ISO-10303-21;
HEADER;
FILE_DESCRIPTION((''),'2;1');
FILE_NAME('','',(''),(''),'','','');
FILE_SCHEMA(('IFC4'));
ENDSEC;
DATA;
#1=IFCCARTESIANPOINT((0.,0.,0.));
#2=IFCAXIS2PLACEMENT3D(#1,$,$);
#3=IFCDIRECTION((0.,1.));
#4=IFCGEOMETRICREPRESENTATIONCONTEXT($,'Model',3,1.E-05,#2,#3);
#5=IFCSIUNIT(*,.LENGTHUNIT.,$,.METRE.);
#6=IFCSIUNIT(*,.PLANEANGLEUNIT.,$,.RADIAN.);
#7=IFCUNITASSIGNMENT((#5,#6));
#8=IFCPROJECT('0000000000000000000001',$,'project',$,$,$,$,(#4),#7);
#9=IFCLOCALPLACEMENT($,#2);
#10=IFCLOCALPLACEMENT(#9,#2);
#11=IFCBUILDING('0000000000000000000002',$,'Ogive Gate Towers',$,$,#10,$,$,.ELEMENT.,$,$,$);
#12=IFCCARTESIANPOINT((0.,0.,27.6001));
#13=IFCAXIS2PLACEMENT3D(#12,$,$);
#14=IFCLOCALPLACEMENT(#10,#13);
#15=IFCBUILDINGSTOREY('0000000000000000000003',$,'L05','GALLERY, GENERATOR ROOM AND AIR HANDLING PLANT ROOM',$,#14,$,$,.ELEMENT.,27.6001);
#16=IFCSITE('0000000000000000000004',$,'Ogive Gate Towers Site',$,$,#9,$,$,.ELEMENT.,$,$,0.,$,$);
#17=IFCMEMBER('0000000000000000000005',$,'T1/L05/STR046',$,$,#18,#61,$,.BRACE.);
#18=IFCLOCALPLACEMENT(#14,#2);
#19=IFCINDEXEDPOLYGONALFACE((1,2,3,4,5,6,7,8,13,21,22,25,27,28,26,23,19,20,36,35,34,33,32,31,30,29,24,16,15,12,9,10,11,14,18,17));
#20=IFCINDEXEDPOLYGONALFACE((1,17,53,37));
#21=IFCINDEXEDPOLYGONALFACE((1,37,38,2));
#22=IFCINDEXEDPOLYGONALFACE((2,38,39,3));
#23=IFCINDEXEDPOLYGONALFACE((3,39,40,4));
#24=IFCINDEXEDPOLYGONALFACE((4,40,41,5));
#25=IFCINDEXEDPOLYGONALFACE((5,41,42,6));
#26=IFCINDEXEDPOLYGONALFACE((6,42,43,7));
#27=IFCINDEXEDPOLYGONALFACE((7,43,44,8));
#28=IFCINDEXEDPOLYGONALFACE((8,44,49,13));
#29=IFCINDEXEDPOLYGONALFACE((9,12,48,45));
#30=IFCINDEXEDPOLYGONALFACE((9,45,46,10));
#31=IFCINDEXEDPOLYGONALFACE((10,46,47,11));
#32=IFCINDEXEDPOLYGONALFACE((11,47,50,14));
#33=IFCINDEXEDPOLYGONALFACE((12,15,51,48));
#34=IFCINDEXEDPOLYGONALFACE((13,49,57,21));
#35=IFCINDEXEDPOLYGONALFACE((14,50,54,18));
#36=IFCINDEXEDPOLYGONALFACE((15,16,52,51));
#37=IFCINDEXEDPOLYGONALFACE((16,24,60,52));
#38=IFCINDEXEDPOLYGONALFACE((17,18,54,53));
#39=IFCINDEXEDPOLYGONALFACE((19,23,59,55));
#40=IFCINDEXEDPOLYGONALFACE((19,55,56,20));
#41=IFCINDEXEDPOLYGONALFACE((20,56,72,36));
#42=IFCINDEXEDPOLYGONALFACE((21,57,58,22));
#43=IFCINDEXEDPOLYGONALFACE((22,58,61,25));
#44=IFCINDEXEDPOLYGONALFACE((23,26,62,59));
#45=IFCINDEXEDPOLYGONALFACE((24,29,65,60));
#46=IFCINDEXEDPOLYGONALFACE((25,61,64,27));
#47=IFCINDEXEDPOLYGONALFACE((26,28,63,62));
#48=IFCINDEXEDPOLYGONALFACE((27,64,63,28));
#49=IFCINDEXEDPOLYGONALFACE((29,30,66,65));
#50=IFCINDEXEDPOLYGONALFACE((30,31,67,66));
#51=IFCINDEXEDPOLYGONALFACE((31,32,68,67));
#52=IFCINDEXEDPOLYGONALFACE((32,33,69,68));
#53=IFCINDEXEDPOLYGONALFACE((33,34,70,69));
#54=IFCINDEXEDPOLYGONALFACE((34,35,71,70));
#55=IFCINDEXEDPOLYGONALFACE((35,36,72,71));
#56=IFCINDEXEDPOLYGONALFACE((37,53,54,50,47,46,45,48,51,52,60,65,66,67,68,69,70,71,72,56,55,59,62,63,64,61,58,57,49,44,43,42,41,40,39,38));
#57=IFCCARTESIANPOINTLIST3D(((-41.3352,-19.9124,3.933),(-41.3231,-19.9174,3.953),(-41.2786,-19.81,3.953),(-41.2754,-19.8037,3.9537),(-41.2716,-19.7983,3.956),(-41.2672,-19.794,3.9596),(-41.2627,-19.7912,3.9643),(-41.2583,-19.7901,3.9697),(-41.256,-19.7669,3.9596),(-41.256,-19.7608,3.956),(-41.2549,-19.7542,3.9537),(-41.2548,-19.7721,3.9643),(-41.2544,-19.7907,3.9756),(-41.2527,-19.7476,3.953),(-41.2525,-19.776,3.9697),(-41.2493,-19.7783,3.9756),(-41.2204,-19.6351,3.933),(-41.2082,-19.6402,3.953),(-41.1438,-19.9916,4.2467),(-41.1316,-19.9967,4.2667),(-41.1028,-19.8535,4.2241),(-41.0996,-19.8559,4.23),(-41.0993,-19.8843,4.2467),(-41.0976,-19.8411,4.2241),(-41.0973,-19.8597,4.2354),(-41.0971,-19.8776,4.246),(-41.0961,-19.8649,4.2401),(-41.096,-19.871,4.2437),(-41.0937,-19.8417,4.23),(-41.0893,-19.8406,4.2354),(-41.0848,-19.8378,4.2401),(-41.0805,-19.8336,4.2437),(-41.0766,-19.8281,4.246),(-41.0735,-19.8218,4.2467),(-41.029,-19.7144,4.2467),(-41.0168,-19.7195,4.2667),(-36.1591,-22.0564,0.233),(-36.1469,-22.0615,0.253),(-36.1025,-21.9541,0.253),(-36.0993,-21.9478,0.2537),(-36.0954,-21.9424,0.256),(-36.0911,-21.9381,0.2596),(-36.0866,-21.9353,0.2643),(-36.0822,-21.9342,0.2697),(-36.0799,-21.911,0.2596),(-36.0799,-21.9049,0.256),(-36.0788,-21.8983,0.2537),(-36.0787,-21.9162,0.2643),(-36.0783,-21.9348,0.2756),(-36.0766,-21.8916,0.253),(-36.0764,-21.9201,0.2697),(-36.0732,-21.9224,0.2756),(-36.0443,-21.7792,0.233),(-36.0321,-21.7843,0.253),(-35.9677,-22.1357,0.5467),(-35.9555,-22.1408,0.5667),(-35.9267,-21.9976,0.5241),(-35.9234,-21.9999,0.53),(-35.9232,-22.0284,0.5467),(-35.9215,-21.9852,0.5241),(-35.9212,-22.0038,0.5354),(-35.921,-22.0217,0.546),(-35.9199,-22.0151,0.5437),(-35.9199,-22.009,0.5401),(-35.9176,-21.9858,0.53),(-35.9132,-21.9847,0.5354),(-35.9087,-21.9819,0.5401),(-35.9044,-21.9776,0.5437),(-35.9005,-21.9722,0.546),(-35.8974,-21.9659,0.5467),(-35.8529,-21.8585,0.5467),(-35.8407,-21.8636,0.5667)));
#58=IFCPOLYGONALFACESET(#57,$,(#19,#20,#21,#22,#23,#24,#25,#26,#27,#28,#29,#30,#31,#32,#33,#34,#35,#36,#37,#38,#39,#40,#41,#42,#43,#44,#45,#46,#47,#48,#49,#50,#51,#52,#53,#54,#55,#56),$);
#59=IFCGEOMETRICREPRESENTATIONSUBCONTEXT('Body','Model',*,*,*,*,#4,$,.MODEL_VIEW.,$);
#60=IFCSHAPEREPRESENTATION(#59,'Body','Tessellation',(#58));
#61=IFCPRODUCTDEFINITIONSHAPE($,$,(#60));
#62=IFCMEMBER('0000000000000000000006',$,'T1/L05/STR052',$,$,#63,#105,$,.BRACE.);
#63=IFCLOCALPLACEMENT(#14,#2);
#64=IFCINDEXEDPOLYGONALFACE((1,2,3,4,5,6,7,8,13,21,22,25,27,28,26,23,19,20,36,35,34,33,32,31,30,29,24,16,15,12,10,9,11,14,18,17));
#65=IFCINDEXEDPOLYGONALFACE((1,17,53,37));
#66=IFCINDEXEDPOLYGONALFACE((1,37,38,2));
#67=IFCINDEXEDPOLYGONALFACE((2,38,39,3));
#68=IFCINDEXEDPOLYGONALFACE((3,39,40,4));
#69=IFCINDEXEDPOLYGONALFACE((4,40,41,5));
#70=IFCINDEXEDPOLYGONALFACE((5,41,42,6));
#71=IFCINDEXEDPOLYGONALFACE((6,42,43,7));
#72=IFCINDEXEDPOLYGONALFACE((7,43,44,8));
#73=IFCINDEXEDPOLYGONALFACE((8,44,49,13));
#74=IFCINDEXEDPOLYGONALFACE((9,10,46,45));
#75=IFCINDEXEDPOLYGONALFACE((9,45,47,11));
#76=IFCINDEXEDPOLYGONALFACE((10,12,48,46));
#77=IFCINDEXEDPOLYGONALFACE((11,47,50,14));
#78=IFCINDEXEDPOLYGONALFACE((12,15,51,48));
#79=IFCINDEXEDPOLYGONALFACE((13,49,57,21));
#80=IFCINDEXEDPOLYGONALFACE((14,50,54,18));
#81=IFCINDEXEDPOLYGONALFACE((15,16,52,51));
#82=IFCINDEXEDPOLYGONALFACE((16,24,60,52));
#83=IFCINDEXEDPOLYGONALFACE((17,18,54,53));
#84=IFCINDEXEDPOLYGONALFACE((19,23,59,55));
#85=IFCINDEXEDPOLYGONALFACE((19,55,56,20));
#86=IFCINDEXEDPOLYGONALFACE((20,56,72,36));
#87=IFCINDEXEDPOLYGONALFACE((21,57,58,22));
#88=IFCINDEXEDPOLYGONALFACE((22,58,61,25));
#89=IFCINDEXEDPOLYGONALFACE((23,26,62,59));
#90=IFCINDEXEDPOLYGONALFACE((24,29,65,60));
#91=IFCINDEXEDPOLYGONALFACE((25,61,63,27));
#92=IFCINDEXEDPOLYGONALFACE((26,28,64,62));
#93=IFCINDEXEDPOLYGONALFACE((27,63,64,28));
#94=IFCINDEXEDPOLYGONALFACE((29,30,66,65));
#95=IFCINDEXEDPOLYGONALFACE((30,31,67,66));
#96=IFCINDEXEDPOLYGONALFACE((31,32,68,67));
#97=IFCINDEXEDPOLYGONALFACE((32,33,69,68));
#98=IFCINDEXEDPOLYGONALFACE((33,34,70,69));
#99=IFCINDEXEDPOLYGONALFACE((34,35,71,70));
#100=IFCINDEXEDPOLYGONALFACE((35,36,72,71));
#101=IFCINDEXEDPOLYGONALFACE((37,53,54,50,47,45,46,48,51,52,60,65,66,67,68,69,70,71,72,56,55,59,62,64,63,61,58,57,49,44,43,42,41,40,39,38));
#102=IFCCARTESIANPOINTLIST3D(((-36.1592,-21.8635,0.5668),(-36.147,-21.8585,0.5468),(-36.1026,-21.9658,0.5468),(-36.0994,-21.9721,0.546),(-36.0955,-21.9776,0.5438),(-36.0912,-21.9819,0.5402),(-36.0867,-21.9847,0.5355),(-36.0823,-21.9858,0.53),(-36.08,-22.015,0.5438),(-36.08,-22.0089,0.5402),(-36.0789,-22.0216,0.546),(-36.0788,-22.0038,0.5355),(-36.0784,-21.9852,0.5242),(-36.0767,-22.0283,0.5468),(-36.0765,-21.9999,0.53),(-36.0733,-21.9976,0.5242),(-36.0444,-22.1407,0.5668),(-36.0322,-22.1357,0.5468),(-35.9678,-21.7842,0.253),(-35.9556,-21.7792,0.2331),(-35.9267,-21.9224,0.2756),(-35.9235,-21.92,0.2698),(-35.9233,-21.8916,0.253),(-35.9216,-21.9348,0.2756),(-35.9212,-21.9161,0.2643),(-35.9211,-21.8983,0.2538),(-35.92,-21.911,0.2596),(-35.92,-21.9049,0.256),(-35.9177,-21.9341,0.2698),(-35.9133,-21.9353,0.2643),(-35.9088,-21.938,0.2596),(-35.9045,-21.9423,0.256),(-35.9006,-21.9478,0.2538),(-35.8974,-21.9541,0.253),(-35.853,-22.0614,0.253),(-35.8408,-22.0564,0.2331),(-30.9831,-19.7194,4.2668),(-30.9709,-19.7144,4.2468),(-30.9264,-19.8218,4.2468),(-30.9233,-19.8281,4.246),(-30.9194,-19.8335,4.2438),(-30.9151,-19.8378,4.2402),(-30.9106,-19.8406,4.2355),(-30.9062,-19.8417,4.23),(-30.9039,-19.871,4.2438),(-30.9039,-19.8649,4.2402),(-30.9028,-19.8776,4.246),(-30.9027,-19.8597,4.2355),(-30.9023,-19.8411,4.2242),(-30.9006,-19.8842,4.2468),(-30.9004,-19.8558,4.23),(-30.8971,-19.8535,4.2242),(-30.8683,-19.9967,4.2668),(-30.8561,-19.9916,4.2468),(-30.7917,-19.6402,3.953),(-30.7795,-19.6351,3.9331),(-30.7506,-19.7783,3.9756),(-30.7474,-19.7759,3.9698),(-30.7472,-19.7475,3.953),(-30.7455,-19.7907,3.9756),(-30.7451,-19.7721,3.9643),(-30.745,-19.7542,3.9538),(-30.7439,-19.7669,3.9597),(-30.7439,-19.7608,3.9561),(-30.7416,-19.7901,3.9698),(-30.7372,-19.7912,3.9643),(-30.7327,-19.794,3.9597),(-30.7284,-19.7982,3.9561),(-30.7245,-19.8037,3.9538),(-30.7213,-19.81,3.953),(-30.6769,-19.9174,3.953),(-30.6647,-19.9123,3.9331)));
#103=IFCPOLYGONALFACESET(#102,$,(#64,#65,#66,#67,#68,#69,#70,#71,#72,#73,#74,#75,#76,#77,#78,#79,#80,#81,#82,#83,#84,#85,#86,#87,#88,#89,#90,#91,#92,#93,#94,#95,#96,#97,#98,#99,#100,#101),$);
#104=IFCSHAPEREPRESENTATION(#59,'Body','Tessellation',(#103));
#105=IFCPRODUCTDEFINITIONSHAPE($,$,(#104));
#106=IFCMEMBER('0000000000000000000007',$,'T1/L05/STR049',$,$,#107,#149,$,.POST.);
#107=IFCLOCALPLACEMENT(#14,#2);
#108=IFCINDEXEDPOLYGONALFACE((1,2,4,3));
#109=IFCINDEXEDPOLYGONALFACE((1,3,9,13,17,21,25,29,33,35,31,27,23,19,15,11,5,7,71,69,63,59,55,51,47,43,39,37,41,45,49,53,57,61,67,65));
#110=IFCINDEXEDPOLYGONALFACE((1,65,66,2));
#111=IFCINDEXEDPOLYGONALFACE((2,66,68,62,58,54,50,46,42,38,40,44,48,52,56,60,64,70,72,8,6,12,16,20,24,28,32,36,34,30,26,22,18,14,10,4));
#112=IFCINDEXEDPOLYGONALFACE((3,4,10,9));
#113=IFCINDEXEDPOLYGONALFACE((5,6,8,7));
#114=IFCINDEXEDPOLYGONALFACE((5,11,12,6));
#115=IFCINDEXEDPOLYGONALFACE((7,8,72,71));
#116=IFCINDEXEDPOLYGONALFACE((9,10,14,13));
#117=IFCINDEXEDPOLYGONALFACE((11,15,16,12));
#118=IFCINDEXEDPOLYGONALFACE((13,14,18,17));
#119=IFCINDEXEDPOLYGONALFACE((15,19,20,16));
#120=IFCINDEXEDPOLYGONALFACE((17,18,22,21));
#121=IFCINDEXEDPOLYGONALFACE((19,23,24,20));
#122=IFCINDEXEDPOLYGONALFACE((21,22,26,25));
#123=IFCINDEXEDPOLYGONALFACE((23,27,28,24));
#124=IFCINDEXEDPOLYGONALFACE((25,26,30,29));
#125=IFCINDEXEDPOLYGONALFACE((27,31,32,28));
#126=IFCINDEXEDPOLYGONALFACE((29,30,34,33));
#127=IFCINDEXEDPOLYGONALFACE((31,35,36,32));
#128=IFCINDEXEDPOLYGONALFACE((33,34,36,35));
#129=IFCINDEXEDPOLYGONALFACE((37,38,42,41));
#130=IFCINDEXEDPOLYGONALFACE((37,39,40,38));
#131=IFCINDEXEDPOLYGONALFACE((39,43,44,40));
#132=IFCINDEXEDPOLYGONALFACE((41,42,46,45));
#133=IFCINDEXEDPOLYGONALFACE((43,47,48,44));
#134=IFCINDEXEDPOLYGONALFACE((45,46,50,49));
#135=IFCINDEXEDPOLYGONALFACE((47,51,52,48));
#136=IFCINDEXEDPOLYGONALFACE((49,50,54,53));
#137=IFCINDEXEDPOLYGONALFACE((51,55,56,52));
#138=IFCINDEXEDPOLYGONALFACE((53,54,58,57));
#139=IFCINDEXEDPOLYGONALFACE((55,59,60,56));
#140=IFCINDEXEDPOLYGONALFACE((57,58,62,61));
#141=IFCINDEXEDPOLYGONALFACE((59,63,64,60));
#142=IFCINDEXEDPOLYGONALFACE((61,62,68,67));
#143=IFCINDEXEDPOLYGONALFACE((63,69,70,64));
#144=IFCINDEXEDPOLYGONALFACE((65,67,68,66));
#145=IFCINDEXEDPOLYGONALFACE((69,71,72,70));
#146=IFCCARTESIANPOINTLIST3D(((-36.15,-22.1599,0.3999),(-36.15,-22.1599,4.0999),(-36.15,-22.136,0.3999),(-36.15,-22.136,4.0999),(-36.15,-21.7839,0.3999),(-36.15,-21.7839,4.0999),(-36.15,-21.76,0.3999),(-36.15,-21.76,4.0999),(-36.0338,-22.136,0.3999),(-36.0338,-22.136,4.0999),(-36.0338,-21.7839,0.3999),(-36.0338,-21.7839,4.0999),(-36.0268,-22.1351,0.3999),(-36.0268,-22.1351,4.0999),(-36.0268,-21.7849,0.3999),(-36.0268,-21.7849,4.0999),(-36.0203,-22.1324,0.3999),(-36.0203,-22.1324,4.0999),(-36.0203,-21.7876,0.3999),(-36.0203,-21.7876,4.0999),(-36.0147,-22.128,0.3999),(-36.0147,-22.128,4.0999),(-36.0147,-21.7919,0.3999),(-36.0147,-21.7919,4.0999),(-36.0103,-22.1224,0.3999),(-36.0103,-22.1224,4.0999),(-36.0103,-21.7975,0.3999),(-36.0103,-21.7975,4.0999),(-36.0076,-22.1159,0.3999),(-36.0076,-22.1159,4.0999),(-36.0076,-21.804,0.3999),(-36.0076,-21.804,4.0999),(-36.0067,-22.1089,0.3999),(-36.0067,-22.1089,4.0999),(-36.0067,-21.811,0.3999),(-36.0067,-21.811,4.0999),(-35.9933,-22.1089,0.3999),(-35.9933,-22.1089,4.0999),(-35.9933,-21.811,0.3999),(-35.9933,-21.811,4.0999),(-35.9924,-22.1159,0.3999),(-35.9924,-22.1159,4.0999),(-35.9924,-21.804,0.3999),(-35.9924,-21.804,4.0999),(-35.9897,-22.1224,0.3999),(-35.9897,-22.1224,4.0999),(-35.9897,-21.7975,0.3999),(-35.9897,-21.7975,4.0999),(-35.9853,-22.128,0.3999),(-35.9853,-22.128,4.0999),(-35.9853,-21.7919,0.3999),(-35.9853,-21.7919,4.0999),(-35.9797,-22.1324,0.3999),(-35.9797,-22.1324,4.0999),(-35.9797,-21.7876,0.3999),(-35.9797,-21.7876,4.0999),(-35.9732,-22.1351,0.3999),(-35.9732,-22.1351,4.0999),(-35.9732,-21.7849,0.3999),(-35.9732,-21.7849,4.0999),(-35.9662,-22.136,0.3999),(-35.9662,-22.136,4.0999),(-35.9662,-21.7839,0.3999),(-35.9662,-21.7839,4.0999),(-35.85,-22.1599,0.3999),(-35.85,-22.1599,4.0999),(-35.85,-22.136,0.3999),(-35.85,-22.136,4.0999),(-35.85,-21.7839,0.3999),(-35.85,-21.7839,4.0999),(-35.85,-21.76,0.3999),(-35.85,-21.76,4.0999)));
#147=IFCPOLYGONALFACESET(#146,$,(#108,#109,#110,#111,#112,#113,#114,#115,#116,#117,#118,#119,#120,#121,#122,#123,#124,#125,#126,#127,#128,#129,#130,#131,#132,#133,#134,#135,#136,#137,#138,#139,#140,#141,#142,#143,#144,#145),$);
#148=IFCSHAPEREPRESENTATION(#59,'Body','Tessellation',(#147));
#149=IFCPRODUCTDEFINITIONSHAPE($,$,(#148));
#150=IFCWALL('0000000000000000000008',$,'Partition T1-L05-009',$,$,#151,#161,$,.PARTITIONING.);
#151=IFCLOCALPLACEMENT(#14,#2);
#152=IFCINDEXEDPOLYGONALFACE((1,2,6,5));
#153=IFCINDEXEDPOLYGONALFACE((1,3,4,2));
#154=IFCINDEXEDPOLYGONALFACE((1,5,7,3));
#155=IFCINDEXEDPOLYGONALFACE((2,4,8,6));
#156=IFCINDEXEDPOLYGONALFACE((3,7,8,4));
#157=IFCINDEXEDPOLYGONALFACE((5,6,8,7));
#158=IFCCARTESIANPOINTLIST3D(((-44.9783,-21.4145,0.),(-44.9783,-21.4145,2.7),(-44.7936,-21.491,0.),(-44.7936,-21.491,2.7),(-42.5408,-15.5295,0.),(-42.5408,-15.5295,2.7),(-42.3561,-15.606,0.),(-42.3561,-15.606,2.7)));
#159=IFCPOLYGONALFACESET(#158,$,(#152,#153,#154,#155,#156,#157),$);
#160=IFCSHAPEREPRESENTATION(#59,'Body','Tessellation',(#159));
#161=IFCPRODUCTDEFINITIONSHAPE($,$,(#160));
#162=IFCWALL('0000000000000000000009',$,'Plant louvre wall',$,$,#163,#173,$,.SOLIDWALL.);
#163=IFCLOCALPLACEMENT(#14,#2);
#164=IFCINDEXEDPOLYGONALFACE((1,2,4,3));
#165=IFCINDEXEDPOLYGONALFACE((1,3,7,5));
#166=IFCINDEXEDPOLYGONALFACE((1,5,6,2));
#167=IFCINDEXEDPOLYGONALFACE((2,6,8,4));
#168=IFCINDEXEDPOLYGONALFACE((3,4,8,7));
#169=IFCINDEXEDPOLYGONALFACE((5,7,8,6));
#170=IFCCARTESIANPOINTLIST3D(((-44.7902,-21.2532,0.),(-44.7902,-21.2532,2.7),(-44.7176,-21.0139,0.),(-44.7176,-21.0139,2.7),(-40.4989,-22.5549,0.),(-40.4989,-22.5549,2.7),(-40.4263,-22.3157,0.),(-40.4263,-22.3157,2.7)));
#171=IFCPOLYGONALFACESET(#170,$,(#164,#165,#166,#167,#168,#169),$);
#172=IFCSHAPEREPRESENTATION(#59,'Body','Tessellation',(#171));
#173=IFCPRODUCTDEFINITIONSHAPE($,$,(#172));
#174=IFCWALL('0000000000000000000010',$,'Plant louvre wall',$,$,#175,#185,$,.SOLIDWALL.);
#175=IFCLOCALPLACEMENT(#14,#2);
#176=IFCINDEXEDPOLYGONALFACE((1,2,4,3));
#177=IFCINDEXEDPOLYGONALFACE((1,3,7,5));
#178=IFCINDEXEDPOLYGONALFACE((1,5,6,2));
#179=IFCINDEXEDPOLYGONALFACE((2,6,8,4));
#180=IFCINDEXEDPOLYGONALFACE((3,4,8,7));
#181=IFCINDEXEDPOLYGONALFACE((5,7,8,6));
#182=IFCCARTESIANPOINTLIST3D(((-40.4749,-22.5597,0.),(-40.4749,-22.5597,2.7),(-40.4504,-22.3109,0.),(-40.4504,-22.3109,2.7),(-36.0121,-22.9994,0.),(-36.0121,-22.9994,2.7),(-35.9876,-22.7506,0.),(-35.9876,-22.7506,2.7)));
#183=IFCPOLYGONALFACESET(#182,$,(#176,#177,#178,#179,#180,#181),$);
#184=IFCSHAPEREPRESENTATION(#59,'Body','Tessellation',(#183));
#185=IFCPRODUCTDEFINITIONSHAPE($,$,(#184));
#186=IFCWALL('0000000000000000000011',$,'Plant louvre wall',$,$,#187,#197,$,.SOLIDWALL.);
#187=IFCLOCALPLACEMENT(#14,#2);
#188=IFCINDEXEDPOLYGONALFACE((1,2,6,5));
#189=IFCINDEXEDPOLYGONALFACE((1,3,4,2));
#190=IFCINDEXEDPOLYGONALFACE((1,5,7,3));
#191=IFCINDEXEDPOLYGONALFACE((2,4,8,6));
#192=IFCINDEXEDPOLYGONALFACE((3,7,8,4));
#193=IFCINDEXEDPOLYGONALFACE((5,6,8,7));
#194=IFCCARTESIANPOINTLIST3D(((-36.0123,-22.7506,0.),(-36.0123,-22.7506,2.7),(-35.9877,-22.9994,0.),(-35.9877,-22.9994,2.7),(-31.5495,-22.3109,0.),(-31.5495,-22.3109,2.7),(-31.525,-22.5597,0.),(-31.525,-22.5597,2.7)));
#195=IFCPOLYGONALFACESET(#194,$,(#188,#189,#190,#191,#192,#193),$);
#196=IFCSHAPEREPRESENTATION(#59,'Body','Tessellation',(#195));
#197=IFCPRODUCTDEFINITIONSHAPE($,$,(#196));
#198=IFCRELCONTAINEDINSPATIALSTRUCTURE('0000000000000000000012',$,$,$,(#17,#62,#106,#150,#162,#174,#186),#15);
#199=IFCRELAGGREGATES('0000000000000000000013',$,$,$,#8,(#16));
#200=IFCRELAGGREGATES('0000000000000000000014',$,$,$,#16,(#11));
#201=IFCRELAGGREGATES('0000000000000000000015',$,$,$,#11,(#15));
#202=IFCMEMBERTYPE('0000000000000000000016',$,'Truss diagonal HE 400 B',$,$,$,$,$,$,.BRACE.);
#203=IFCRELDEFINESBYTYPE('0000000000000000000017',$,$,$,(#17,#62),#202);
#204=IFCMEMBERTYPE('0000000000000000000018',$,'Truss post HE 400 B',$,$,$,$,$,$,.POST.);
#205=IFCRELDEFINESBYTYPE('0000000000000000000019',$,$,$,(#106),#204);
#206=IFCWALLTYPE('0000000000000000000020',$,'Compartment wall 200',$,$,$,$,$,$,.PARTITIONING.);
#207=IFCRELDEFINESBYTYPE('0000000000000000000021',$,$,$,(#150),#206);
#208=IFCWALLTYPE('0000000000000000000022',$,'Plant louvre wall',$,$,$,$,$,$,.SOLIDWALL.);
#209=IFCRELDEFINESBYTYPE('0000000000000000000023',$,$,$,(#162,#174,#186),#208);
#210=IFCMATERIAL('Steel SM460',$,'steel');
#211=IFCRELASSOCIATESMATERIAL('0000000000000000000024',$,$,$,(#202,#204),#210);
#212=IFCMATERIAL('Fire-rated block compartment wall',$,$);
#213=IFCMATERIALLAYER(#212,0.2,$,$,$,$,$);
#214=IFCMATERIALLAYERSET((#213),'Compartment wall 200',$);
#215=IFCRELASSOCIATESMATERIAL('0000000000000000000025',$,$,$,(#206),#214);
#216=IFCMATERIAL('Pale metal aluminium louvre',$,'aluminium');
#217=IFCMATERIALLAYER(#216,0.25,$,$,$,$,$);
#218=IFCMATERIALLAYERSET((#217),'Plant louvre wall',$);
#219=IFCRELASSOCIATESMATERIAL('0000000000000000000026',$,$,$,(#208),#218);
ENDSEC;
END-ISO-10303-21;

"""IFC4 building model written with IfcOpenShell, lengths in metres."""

from ifc_helpers import new_model, si_unit, direction, frame, frame_2d, origin, origin_2d, place, context, subcontext, project, spatial, rectangle, i_section, extrude, material, layer, layer_set, material_profile, profile_set, type_object, element, save


model = new_model("IFC4")

# Units and contexts
model_context = context("Model", 3, precision=1e-05, world=origin(), true_north=direction((0.0, 1.0)))
body_context = subcontext(model_context, "Body", "Model", "MODEL_VIEW")
ifc_project = project(units=[si_unit("LENGTHUNIT", "METRE"), si_unit("PLANEANGLEUNIT", "RADIAN")], contexts=[model_context])

# Site, building, storey
site_placement = place(None, origin())
site = spatial("IfcSite", under=ifc_project, at=site_placement, Name="Ogive Gate Towers Site", CompositionType="ELEMENT", RefElevation=0.0)
building_placement = place(site_placement, origin())
building = spatial("IfcBuilding", under=site, at=building_placement, Name="Ogive Gate Towers", CompositionType="ELEMENT")
storey_placement = place(building_placement, frame((0.0, 0.0, 27.6001)))
storey = spatial("IfcBuildingStorey", under=building, at=storey_placement, Name="L05", Description="GALLERY, GENERATOR ROOM AND AIR HANDLING PLANT ROOM", CompositionType="ELEMENT", Elevation=27.6001)

# Shared definitions
ifc_material_1 = material(Name="Steel SM460", Category="steel")

# Members
ifc_material_profile_1 = material_profile(ifc_material_1, i_section(OverallWidth=0.3, OverallDepth=0.3999, WebThickness=0.0134, FlangeThickness=0.0239, FilletRadius=0.0271, at=origin_2d()), Name="HE 400 B")
ifc_profile_set_1 = profile_set([ifc_material_profile_1], Name="Steel SM460")
member_type_1 = type_object("IfcMemberType", Name="Truss diagonal HE 400 B", PredefinedType="BRACE", material=ifc_profile_set_1)
for number, where, z_axis, x_axis, name in (
    (1, (-41.176, -19.8159, 4.0999), (0.77093, -0.319339, -0.55108), (0.382693, 0.923876, 0.0), "T1/L05/STR046"),
    (2, (-36.0, -21.96, 0.3999), (0.77093, 0.319339, 0.55108), (-0.382693, 0.923876, 0.0), "T1/L05/STR052"),
):
    element("IfcMember", number, at=place(storey_placement, frame(where, z_axis=z_axis, x_axis=x_axis)), inside=storey, type_object=member_type_1, Name=name, PredefinedType="BRACE", context=body_context, shape_type="SweptSolid", body=[
        extrude(i_section(OverallWidth=0.3, OverallDepth=0.3999, WebThickness=0.0134, FlangeThickness=0.0239, FilletRadius=0.0271, at=origin_2d()), origin(), (0.0, 0.0, 1.0), 6.7141),
    ])
ifc_material_profile_2 = material_profile(ifc_material_1, i_section(OverallWidth=0.3, OverallDepth=0.3999, WebThickness=0.0134, FlangeThickness=0.0239, FilletRadius=0.0271, at=origin_2d()), Name="HE 400 B")
ifc_profile_set_2 = profile_set([ifc_material_profile_2], Name="Steel SM460")
member_type_2 = type_object("IfcMemberType", Name="Truss post HE 400 B", PredefinedType="POST", material=ifc_profile_set_2)
member_placement = place(storey_placement, frame((-36.0, -21.96, 0.3999), z_axis=(0.0, 0.0, 1.0), x_axis=(1.0, 0.0, 0.0)))
element("IfcMember", 3, at=member_placement, inside=storey, type_object=member_type_2, Name="T1/L05/STR049", PredefinedType="POST", context=body_context, shape_type="SweptSolid", body=[
    extrude(i_section(OverallWidth=0.3, OverallDepth=0.3999, WebThickness=0.0134, FlangeThickness=0.0239, FilletRadius=0.0271, at=origin_2d()), origin(), (0.0, 0.0, 1.0), 3.7),
])

# Walls
ifc_material_2 = material(Name="Fire-rated block compartment wall")
ifc_layer_1 = layer(ifc_material_2, 0.2)
ifc_layer_set_1 = layer_set([ifc_layer_1], Name="Compartment wall 200")
wall_type_1 = type_object("IfcWallType", Name="Compartment wall 200", PredefinedType="PARTITIONING", material=ifc_layer_set_1)
wall_placement = place(storey_placement, frame((-44.886, -21.4529, 0.0), z_axis=(0.0, 0.0, 1.0), x_axis=(0.382663, 0.923888, 0.0)))
element("IfcWall", 4, at=wall_placement, inside=storey, type_object=wall_type_1, Name="Partition T1-L05-009", PredefinedType="PARTITIONING", context=body_context, shape_type="SweptSolid", body=[
    extrude(rectangle(XDim=6.3699, YDim=0.2, at=frame_2d((3.1851, 0.0))), origin(), (0.0, 0.0, 1.0), 2.7),
])
ifc_material_3 = material(Name="Pale metal aluminium louvre", Category="aluminium")
ifc_layer_2 = layer(ifc_material_3, 0.25)
ifc_layer_set_2 = layer_set([ifc_layer_2], Name="Plant louvre wall")
wall_type_2 = type_object("IfcWallType", Name="Plant louvre wall", PredefinedType="SOLIDWALL", material=ifc_layer_set_2)
for number, where, z_axis, x_axis, name in (
    (5, (-44.7539, -21.1335, 0.0), (0.0, 0.0, 1.0), (0.956939, -0.290288, 0.0), "Plant louvre wall"),
    (6, (-40.4626, -22.4353, 0.0), (0.0, 0.0, 1.0), (0.995181, -0.098054, 0.0), "Plant louvre wall"),
    (7, (-36.0, -22.875, 0.0), (0.0, 0.0, 1.0), (0.995181, 0.098054, 0.0), "Plant louvre wall"),
):
    element("IfcWall", number, at=place(storey_placement, frame(where, z_axis=z_axis, x_axis=x_axis)), inside=storey, type_object=wall_type_2, Name=name, PredefinedType="SOLIDWALL", context=body_context, shape_type="SweptSolid", body=[
        extrude(rectangle(XDim=4.4844, YDim=0.25, at=frame_2d((2.2422, 0.0))), origin(), (0.0, 0.0, 1.0), 2.7),
    ])

save(model, "model.ifc")
